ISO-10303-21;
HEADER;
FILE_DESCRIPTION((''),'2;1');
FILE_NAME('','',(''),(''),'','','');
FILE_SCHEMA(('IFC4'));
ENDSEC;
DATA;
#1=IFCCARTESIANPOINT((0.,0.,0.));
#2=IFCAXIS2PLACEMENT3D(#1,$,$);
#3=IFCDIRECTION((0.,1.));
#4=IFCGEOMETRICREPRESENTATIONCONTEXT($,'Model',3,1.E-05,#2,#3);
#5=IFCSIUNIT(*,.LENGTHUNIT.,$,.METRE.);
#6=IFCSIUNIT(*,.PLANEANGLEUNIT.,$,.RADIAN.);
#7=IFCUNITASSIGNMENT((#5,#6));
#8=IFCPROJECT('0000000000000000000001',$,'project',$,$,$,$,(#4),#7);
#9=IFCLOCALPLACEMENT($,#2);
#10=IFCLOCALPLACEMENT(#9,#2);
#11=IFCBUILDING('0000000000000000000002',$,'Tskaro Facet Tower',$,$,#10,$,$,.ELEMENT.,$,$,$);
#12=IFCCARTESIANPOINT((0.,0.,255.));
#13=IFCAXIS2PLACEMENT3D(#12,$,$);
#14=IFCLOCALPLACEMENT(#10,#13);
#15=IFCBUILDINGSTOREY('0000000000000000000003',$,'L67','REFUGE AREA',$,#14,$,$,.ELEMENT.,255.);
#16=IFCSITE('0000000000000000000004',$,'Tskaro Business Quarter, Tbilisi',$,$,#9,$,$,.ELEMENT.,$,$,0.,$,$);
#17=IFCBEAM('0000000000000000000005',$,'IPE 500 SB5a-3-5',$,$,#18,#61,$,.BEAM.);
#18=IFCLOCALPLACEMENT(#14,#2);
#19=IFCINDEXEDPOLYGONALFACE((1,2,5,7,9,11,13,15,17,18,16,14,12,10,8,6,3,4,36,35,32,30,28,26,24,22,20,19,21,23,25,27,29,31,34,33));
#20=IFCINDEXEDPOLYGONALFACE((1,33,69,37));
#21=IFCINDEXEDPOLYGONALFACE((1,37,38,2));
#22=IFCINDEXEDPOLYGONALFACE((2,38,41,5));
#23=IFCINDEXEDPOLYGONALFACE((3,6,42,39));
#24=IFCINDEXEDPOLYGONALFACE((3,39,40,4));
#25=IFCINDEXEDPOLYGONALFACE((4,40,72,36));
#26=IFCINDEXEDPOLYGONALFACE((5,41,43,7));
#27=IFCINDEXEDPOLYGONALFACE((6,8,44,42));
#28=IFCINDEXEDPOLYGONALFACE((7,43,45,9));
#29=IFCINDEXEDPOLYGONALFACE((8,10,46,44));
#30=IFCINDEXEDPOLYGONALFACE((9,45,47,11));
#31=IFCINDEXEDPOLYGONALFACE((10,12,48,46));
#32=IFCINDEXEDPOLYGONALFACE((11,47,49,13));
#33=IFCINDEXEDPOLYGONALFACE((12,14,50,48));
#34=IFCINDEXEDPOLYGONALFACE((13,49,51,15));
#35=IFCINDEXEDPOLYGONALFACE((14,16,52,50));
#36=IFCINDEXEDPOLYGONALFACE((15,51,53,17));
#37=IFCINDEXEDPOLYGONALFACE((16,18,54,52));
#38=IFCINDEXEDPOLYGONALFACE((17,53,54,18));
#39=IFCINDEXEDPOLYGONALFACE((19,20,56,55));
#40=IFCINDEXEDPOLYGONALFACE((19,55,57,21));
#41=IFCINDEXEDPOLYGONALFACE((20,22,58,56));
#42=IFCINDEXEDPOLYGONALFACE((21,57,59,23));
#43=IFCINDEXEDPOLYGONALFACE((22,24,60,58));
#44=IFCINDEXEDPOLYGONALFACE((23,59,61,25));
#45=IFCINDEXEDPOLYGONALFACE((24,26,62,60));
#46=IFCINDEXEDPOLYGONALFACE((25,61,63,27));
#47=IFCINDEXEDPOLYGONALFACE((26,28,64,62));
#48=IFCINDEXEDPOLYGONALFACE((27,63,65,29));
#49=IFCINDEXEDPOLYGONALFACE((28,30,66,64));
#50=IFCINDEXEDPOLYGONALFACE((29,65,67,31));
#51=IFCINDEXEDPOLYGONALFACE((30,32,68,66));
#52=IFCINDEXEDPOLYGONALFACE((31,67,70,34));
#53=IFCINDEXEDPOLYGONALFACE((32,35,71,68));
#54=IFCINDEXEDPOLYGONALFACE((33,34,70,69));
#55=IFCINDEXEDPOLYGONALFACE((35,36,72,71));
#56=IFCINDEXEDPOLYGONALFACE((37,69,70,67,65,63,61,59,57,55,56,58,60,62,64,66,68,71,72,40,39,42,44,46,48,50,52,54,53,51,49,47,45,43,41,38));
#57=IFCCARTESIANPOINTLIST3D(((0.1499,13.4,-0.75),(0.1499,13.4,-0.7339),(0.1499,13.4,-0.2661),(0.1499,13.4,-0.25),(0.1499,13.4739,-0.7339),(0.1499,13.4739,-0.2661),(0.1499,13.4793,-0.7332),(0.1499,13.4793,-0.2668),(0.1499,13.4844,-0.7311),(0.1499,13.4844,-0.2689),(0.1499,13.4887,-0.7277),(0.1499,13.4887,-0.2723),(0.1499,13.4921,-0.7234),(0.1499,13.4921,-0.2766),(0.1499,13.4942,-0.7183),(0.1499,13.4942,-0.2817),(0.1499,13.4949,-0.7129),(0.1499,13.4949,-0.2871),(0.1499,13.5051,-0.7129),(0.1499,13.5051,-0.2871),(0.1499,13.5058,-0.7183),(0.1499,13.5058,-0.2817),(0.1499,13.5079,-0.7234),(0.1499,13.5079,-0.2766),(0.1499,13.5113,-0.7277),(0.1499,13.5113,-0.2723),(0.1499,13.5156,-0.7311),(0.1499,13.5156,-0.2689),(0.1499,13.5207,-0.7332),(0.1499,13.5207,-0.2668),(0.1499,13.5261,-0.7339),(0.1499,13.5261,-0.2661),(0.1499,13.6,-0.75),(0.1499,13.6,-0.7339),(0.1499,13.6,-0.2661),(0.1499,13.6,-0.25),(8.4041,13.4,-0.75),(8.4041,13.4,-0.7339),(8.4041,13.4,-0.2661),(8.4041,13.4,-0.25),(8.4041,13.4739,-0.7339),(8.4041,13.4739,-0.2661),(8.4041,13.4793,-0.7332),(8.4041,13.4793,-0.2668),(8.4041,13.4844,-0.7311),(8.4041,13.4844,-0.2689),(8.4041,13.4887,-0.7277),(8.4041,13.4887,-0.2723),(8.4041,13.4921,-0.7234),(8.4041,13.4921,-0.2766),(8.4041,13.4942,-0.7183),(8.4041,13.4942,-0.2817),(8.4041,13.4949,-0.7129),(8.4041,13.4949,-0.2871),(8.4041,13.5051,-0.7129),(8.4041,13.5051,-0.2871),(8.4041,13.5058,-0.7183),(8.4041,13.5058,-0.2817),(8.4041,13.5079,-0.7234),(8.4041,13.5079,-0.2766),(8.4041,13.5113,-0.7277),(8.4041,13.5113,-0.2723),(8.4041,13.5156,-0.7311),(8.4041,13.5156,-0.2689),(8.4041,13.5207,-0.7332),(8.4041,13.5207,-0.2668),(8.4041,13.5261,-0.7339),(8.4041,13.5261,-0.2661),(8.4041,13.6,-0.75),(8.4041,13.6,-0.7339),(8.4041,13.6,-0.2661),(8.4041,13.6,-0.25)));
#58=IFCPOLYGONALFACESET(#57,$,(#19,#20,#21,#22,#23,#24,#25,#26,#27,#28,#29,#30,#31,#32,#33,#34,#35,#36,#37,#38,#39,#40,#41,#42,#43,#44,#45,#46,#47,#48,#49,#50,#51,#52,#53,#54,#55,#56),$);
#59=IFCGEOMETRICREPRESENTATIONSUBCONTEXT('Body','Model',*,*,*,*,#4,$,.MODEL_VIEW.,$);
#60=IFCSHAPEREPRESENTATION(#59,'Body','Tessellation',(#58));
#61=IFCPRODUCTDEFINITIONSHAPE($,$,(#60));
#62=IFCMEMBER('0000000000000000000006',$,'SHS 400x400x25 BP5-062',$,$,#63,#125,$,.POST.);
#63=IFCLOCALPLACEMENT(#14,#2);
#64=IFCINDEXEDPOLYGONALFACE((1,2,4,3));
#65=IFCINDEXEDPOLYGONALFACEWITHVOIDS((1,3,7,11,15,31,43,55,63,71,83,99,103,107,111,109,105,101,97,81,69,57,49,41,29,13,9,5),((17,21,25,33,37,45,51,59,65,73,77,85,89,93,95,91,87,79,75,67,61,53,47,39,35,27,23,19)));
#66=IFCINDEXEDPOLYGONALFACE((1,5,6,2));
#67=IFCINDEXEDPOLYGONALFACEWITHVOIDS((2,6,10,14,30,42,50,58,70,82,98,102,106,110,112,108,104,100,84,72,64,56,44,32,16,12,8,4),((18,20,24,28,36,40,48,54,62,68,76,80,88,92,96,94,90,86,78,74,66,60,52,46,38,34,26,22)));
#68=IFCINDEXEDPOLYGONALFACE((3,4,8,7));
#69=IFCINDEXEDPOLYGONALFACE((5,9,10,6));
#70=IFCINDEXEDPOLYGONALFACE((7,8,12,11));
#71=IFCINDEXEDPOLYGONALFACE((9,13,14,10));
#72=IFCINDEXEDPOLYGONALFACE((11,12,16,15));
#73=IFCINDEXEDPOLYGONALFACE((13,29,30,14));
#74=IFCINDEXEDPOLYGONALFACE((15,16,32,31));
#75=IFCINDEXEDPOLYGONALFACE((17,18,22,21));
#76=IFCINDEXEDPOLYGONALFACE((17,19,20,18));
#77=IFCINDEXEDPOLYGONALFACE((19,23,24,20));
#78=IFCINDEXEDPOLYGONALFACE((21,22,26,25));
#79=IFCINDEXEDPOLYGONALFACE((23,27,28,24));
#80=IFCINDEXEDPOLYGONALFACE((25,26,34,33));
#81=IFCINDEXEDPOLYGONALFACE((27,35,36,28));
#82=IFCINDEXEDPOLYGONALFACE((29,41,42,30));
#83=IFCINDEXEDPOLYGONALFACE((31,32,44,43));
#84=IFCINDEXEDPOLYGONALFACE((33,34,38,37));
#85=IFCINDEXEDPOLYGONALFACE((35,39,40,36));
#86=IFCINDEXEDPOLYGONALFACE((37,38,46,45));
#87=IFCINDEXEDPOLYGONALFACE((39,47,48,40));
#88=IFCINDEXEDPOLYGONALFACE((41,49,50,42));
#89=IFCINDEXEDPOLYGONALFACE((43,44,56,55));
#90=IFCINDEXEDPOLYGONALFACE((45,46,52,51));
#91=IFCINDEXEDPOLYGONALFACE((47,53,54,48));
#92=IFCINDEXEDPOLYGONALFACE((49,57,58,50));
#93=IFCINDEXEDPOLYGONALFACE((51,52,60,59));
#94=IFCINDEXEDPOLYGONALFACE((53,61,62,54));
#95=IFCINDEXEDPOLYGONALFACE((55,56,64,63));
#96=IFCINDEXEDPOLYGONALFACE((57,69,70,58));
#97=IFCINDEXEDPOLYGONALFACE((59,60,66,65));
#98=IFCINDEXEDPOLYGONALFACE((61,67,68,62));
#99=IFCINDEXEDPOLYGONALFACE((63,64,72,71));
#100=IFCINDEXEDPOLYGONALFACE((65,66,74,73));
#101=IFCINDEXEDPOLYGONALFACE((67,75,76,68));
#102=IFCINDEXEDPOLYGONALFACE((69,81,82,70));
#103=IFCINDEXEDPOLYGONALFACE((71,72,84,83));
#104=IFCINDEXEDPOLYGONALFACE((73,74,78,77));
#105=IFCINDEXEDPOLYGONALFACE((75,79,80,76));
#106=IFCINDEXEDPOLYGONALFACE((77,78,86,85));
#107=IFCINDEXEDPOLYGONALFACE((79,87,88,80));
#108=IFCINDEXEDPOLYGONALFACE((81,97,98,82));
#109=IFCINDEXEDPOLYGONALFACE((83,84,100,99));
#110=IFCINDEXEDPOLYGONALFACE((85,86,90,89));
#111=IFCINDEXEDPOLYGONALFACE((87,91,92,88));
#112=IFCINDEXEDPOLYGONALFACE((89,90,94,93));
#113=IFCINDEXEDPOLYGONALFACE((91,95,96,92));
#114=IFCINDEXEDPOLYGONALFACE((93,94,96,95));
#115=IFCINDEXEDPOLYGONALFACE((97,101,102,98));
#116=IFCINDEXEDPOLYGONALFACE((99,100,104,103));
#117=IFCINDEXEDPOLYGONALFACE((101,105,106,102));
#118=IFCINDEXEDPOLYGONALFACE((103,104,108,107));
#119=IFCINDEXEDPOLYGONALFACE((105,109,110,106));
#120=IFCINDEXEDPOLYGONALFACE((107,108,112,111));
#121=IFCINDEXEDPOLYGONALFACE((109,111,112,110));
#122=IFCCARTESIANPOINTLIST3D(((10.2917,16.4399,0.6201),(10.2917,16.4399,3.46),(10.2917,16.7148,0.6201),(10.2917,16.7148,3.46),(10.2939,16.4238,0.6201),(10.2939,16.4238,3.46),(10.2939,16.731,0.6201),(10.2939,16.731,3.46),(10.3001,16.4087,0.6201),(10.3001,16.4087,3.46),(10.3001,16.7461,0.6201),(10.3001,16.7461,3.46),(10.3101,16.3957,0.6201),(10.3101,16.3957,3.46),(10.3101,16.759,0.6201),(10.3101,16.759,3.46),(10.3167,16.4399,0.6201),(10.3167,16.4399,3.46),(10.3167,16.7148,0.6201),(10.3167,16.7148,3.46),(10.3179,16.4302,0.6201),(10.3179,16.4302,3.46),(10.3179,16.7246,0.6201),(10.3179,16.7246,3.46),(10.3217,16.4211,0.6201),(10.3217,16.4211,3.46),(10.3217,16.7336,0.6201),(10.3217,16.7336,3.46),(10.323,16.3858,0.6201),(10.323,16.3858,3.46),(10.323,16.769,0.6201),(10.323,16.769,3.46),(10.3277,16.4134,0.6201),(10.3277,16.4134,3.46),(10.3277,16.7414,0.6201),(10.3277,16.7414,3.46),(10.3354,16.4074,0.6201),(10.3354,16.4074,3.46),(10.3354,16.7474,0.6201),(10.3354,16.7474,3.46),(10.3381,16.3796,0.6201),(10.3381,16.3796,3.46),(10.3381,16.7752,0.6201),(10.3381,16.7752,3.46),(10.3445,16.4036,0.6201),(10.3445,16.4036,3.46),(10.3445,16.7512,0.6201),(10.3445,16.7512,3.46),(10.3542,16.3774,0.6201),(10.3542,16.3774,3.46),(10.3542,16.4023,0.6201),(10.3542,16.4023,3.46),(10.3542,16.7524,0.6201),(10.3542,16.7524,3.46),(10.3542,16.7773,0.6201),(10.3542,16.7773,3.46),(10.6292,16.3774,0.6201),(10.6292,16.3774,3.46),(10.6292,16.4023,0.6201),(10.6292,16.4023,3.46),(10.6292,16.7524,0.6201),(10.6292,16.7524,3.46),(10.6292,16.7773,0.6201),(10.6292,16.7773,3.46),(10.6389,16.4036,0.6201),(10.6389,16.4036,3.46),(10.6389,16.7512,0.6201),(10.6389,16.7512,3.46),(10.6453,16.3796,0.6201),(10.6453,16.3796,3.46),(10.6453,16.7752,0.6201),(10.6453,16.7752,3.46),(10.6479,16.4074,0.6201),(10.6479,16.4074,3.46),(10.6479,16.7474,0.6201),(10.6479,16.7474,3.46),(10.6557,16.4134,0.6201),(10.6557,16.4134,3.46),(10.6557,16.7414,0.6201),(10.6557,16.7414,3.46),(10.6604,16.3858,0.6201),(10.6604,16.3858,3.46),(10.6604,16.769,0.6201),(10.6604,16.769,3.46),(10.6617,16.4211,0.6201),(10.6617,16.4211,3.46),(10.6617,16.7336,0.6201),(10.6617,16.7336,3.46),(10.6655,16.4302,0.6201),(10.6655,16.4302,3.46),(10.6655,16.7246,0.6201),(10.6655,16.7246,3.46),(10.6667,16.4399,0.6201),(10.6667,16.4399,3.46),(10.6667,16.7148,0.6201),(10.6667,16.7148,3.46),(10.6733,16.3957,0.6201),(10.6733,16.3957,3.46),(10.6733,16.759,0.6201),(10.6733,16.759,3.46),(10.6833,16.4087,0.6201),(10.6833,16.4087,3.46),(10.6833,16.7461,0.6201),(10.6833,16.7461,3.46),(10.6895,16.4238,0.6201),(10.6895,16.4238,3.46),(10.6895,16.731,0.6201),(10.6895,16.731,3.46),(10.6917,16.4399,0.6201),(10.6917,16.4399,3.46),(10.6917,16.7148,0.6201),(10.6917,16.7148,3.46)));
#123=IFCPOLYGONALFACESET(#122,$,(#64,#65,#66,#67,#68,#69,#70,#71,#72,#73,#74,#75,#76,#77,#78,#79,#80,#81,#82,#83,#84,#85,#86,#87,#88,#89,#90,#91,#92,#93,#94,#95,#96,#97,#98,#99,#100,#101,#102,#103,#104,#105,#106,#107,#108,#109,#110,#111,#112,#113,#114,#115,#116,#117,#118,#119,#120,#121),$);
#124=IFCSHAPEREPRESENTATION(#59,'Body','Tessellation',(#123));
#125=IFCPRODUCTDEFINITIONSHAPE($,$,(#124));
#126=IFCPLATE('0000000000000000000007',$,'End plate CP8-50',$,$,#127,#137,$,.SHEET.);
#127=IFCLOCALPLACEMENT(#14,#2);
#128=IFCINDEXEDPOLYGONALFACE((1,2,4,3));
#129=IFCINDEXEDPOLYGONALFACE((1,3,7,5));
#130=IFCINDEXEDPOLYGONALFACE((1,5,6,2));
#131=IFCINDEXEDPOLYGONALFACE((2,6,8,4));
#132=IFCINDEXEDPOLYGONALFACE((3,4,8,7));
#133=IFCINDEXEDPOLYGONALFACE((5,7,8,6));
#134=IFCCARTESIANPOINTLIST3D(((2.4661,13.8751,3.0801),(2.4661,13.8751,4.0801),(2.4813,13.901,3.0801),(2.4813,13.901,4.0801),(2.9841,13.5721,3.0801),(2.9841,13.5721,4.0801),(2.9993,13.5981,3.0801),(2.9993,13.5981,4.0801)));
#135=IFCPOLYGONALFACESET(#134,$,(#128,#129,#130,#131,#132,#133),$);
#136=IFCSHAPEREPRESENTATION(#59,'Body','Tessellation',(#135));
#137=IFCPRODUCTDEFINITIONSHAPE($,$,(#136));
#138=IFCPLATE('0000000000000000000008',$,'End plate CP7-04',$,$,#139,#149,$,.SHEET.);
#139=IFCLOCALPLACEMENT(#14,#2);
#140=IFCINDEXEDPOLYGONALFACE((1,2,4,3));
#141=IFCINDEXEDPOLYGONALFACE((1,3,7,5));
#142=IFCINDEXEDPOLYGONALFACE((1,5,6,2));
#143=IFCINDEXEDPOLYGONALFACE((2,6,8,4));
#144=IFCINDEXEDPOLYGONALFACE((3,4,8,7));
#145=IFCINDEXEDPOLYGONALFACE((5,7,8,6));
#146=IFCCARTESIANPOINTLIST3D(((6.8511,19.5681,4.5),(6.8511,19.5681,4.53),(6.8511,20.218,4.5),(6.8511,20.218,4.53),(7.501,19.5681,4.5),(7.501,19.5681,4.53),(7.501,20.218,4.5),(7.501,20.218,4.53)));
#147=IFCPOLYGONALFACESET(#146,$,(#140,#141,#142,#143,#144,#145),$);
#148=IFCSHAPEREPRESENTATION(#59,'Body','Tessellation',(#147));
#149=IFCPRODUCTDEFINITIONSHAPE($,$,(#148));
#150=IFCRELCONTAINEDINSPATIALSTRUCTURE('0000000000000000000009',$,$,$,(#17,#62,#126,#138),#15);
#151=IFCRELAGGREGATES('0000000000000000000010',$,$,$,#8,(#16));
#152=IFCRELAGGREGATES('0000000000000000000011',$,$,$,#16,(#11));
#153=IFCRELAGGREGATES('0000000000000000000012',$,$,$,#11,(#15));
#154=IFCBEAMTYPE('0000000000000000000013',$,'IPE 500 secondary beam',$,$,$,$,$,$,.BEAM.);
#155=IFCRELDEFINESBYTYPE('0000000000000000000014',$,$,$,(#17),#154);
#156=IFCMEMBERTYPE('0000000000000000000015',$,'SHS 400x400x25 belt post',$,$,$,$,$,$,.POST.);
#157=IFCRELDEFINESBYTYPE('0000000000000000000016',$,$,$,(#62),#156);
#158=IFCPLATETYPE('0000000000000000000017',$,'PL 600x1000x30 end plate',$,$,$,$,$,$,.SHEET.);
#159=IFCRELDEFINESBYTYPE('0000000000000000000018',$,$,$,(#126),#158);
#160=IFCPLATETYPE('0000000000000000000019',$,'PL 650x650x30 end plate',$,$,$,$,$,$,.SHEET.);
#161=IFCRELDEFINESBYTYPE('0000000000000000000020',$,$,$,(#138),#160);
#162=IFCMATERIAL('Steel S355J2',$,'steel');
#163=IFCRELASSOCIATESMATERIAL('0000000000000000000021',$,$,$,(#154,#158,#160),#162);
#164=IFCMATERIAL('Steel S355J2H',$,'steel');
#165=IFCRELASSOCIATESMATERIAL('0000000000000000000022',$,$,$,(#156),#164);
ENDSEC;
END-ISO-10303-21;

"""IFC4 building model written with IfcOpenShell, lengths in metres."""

from ifc_helpers import new_model, si_unit, direction, frame, origin, origin_2d, place, context, subcontext, project, spatial, rectangle, hollow_rectangle, i_section, extrude, material, material_profile, profile_set, type_object, element, save


model = new_model("IFC4")

# Units and contexts
model_context = context("Model", 3, precision=1e-05, world=origin(), true_north=direction((0.0, 1.0)))
body_context = subcontext(model_context, "Body", "Model", "MODEL_VIEW")
ifc_project = project(units=[si_unit("LENGTHUNIT", "METRE"), si_unit("PLANEANGLEUNIT", "RADIAN")], contexts=[model_context])

# Site, building, storey
site_placement = place(None, origin())
site = spatial("IfcSite", under=ifc_project, at=site_placement, Name="Tskaro Business Quarter, Tbilisi", CompositionType="ELEMENT", RefElevation=0.0)
building_placement = place(site_placement, origin())
building = spatial("IfcBuilding", under=site, at=building_placement, Name="Tskaro Facet Tower", CompositionType="ELEMENT")
storey_placement = place(building_placement, frame((0.0, 0.0, 255.0)))
storey = spatial("IfcBuildingStorey", under=building, at=storey_placement, Name="L67", Description="REFUGE AREA", CompositionType="ELEMENT", Elevation=255.0)

# Shared definitions
ifc_material_1 = material(Name="Steel S355J2", Category="steel")
ifc_material_2 = material(Name="Steel S355J2H", Category="steel")

# Beam
ifc_material_profile_1 = material_profile(ifc_material_1, i_section(OverallWidth=0.2, OverallDepth=0.5, WebThickness=0.0103, FlangeThickness=0.0161, FilletRadius=0.021, at=origin_2d()), Name="IPE 500")
ifc_profile_set_1 = profile_set([ifc_material_profile_1], Name="Steel S355J2")
beam_type_1 = type_object("IfcBeamType", Name="IPE 500 secondary beam", PredefinedType="BEAM", material=ifc_profile_set_1)
beam_1_placement = place(storey_placement, frame((0.1499, 13.5, -0.5), z_axis=(1.0, 0.0, 0.0), x_axis=(0.0, 1.0, 0.0)))
element("IfcBeam", 1, at=beam_1_placement, inside=storey, type_object=beam_type_1, Name="IPE 500 SB5a-3-5", PredefinedType="BEAM", context=body_context, shape_type="SweptSolid", body=[
    extrude(i_section(OverallWidth=0.2, OverallDepth=0.5, WebThickness=0.0103, FlangeThickness=0.0161, FilletRadius=0.021, at=origin_2d()), origin(), (0.0, 0.0, 1.0), 8.2542),
])

# Member
ifc_material_profile_2 = material_profile(ifc_material_2, hollow_rectangle(XDim=0.3999, YDim=0.3999, WallThickness=0.0249, InnerFilletRadius=0.0376, OuterFilletRadius=0.0625, at=origin_2d()), Name="SHS 400x400x25")
ifc_profile_set_2 = profile_set([ifc_material_profile_2], Name="Steel S355J2H")
member_type_1 = type_object("IfcMemberType", Name="SHS 400x400x25 belt post", PredefinedType="POST", material=ifc_profile_set_2)
member_1_placement = place(storey_placement, frame((10.4917, 16.5774, 0.6201), z_axis=(0.0, 0.0, 1.0), x_axis=(1.0, 0.0, 0.0)))
element("IfcMember", 2, at=member_1_placement, inside=storey, type_object=member_type_1, Name="SHS 400x400x25 BP5-062", PredefinedType="POST", context=body_context, shape_type="SweptSolid", body=[
    extrude(hollow_rectangle(XDim=0.3999, YDim=0.3999, WallThickness=0.0249, InnerFilletRadius=0.0376, OuterFilletRadius=0.0625, at=origin_2d()), origin(), (0.0, 0.0, 1.0), 2.8398),
])

# Plates
ifc_material_profile_3 = material_profile(ifc_material_1, rectangle(XDim=0.6001, YDim=1.0, at=origin_2d()), Name="PL 600x1000x30 end plate")
ifc_profile_set_3 = profile_set([ifc_material_profile_3], Name="Steel S355J2")
plate_type_1 = type_object("IfcPlateType", Name="PL 600x1000x30 end plate", PredefinedType="SHEET", material=ifc_profile_set_3)
plate_1_placement = place(storey_placement, frame((2.7251, 13.7236, 3.5801), z_axis=(0.504883, 0.863188, 0.0), x_axis=(-0.863188, 0.504883, 0.0)))
element("IfcPlate", 3, at=plate_1_placement, inside=storey, type_object=plate_type_1, Name="End plate CP8-50", PredefinedType="SHEET", context=body_context, shape_type="SweptSolid", body=[
    extrude(rectangle(XDim=0.6001, YDim=1.0, at=origin_2d()), origin(), (0.0, 0.0, 1.0), 0.03),
])
ifc_material_profile_4 = material_profile(ifc_material_1, rectangle(XDim=0.6499, YDim=0.6499, at=origin_2d()), Name="PL 650x650x30 end plate")
ifc_profile_set_4 = profile_set([ifc_material_profile_4], Name="Steel S355J2")
plate_type_2 = type_object("IfcPlateType", Name="PL 650x650x30 end plate", PredefinedType="SHEET", material=ifc_profile_set_4)
plate_2_placement = place(storey_placement, frame((7.176, 19.8931, 4.5), z_axis=(0.0, 0.0, 1.0), x_axis=(1.0, 0.0, 0.0)))
element("IfcPlate", 4, at=plate_2_placement, inside=storey, type_object=plate_type_2, Name="End plate CP7-04", PredefinedType="SHEET", context=body_context, shape_type="SweptSolid", body=[
    extrude(rectangle(XDim=0.6499, YDim=0.6499, at=origin_2d()), origin(), (0.0, 0.0, 1.0), 0.03),
])

save(model, "model.ifc")
